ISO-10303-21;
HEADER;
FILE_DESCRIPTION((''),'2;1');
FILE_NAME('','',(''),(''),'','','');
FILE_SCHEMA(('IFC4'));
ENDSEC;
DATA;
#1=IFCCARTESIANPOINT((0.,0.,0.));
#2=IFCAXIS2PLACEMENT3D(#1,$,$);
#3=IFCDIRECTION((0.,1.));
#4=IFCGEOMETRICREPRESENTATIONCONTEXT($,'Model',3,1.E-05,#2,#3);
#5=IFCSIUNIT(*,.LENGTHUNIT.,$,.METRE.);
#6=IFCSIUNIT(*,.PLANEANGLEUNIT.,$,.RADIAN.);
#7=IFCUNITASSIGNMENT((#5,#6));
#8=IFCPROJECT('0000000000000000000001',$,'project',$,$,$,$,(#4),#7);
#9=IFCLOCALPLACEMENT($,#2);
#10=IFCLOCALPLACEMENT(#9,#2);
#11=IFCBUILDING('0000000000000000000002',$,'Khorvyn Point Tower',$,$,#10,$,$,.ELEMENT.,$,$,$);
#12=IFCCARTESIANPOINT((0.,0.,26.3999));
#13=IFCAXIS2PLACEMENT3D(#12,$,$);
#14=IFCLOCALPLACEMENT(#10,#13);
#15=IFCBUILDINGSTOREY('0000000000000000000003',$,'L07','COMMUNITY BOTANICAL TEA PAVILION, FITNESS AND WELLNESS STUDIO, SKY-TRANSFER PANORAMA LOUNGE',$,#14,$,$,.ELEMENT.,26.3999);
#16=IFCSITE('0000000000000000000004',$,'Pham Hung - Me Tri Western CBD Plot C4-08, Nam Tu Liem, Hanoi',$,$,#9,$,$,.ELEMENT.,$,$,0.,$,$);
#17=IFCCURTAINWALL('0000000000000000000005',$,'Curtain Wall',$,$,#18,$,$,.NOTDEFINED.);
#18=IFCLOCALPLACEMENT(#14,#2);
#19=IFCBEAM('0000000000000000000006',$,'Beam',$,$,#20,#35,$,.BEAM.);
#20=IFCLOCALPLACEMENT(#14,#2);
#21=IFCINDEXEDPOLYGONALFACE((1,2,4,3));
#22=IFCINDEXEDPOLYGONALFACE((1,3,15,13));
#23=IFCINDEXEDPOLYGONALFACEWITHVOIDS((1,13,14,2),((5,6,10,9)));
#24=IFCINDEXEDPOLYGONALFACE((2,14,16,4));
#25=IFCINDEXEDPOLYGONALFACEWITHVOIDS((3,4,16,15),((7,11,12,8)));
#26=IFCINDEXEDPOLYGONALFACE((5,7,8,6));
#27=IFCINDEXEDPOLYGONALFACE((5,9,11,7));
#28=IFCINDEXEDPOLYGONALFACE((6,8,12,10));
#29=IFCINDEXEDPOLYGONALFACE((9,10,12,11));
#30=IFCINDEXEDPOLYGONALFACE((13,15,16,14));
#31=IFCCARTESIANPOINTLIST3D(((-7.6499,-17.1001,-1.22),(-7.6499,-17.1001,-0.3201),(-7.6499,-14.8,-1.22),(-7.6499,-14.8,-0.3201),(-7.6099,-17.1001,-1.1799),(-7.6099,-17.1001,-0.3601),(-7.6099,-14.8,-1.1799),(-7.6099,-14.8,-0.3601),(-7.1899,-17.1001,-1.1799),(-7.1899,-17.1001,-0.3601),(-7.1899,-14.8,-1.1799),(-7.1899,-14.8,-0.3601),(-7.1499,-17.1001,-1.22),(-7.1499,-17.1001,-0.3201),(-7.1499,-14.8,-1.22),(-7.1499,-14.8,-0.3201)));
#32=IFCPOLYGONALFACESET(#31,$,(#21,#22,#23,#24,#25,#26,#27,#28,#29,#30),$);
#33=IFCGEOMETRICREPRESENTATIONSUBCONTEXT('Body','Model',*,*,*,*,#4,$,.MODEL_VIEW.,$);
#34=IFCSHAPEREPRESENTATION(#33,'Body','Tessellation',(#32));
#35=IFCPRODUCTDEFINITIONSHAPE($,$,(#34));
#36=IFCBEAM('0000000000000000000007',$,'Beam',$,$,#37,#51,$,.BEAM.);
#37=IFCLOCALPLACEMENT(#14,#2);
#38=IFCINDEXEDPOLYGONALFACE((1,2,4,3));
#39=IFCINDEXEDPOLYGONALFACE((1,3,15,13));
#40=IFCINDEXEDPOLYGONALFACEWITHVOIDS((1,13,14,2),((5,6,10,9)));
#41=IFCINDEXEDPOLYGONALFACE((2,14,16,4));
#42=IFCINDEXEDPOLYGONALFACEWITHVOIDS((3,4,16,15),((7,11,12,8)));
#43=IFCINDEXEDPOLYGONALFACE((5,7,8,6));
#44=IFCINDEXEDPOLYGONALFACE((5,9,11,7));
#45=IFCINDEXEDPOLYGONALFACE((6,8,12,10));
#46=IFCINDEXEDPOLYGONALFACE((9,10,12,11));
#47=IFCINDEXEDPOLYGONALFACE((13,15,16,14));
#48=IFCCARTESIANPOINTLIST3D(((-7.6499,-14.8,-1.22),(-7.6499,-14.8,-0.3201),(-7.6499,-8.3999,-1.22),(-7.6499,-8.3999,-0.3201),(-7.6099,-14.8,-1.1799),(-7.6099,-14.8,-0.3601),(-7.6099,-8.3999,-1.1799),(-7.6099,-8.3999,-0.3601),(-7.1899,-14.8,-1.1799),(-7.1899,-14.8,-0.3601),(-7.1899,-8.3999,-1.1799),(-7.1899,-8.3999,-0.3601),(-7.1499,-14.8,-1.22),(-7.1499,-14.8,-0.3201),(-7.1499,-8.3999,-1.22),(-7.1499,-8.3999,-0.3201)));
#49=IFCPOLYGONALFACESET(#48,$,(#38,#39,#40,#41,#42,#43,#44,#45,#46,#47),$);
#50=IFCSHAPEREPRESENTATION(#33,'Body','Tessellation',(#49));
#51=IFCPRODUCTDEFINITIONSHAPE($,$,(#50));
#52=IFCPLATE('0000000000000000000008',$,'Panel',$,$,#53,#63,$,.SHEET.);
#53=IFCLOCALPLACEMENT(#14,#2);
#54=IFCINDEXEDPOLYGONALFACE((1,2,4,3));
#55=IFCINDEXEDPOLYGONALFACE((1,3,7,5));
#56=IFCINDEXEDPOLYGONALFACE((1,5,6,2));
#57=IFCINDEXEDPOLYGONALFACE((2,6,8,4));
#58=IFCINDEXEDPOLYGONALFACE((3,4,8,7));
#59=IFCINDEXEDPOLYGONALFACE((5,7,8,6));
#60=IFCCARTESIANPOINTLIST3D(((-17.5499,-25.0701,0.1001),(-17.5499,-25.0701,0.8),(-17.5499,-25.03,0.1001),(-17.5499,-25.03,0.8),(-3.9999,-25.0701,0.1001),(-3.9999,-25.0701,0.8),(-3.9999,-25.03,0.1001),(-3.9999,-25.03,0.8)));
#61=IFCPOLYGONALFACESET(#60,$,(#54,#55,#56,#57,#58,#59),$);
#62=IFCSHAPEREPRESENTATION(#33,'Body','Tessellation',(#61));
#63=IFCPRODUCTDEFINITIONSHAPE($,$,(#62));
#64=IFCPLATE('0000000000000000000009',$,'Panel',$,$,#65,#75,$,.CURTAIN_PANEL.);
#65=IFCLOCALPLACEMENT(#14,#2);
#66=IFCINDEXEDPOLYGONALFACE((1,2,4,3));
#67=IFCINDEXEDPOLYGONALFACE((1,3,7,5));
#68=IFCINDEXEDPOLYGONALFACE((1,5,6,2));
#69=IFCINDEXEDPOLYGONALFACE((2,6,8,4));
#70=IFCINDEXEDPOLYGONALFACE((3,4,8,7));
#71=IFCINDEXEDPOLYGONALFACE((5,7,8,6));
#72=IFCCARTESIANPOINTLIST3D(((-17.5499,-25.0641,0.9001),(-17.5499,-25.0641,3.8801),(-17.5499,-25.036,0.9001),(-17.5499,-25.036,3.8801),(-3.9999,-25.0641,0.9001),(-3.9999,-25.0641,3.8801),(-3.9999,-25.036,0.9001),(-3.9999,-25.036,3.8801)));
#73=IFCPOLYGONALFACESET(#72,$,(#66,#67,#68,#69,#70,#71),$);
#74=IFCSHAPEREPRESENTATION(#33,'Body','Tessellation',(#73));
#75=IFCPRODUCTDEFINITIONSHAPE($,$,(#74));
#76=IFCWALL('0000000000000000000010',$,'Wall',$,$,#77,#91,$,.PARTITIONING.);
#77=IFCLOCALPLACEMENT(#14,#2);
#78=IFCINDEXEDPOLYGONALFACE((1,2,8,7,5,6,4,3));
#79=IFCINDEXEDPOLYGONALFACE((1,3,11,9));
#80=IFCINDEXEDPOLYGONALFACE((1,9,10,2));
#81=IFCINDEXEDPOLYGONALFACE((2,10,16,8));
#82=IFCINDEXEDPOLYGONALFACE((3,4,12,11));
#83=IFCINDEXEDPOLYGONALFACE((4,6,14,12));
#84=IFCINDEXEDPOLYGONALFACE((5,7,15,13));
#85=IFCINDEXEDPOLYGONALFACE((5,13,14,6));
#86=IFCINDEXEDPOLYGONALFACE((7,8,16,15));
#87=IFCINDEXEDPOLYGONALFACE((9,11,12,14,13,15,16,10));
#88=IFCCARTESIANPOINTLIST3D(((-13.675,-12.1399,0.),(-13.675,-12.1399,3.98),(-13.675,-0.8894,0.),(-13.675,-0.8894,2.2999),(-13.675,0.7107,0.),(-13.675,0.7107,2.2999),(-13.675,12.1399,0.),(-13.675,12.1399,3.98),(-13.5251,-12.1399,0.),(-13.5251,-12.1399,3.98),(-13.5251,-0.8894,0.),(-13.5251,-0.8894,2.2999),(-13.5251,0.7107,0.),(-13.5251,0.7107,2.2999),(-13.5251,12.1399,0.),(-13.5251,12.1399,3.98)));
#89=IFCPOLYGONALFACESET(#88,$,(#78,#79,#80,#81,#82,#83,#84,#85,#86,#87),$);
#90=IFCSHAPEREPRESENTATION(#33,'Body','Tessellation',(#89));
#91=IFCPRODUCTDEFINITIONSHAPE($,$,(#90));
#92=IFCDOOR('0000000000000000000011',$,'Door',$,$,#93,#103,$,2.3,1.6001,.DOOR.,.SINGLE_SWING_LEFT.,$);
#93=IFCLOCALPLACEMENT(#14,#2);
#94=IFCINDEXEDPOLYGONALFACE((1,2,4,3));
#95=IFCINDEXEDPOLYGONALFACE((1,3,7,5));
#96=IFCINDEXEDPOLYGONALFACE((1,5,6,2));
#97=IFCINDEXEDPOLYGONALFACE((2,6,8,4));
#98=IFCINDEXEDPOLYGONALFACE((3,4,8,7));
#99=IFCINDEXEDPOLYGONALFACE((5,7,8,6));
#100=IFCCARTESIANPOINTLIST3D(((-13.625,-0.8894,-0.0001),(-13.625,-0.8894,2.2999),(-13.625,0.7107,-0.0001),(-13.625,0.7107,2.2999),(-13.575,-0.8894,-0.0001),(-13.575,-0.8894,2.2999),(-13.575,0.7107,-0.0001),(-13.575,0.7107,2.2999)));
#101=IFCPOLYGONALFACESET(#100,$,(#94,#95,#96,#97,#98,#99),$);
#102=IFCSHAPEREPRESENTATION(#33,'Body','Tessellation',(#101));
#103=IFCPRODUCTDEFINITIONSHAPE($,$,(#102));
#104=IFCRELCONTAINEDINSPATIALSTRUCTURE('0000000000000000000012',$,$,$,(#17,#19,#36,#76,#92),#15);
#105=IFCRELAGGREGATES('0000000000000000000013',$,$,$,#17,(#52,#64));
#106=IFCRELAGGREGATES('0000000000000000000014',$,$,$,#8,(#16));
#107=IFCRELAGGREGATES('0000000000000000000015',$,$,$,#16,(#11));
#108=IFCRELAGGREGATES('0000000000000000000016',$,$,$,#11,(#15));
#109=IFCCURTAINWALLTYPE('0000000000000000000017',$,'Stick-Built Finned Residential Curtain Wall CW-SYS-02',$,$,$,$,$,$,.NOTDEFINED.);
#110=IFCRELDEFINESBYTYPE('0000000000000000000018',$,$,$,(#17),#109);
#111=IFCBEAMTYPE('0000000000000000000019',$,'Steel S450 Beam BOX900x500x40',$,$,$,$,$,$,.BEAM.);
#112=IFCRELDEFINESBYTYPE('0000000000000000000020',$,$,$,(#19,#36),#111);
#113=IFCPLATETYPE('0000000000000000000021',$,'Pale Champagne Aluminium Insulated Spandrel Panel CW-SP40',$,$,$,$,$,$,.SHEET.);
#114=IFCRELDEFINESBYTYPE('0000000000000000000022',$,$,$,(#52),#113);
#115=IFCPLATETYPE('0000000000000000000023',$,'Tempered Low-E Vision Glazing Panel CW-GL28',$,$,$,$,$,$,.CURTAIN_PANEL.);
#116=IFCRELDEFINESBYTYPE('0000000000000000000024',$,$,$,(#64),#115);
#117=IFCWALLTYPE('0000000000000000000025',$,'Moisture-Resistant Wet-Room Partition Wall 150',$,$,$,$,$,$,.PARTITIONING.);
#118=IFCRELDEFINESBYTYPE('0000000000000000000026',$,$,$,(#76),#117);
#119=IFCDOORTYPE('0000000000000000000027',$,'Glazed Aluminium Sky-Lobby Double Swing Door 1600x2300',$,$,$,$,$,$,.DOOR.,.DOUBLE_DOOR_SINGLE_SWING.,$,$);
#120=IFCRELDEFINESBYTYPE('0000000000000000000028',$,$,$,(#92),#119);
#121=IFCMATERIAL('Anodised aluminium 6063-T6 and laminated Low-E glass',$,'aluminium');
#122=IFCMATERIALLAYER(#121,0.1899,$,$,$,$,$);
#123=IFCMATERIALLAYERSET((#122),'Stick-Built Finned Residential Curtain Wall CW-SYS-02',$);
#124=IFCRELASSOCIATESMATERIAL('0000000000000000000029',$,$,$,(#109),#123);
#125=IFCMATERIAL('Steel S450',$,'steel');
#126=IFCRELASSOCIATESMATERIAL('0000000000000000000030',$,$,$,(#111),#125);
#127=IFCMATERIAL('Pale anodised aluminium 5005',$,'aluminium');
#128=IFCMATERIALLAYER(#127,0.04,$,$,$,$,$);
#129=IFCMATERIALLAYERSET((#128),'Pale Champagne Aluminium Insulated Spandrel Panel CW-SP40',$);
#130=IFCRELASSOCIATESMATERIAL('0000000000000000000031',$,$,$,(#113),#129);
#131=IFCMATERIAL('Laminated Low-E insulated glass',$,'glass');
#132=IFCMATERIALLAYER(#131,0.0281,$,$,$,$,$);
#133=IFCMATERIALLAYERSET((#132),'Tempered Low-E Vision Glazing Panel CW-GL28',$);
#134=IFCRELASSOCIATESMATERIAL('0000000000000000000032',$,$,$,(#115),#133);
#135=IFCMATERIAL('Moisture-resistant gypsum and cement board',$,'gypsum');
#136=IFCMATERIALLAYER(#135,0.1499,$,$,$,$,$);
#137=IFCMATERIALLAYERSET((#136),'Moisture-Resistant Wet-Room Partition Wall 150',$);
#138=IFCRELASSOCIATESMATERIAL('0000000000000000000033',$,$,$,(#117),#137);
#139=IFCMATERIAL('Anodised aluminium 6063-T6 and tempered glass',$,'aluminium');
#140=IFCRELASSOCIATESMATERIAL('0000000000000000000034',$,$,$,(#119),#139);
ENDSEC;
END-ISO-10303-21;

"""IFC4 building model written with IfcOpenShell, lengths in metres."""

from ifc_helpers import new_model, si_unit, direction, frame, frame_2d, origin, origin_2d, place, context, subcontext, project, spatial, rectangle, hollow_rectangle, extrude, material, layer, layer_set, material_profile, profile_set, type_object, element, fill, aggregate, save


model = new_model("IFC4")

# Units and contexts
model_context = context("Model", 3, precision=1e-05, world=origin(), true_north=direction((0.0, 1.0)))
body_context = subcontext(model_context, "Body", "Model", "MODEL_VIEW")
ifc_project = project(units=[si_unit("LENGTHUNIT", "METRE"), si_unit("PLANEANGLEUNIT", "RADIAN")], contexts=[model_context])

# Site, building, storey
site_placement = place(None, origin())
site = spatial("IfcSite", under=ifc_project, at=site_placement, Name="Pham Hung - Me Tri Western CBD Plot C4-08, Nam Tu Liem, Hanoi", CompositionType="ELEMENT", RefElevation=0.0)
building_placement = place(site_placement, origin())
building = spatial("IfcBuilding", under=site, at=building_placement, Name="Khorvyn Point Tower", CompositionType="ELEMENT")
storey_placement = place(building_placement, frame((0.0, 0.0, 26.3999)))
storey = spatial("IfcBuildingStorey", under=building, at=storey_placement, Name="L07", Description="COMMUNITY BOTANICAL TEA PAVILION, FITNESS AND WELLNESS STUDIO, SKY-TRANSFER PANORAMA LOUNGE", CompositionType="ELEMENT", Elevation=26.3999)

# Shared definitions
ifc_material_1 = material(Name="Steel S450", Category="steel")

# Curtain wall
ifc_material_2 = material(Name="Anodised aluminium 6063-T6 and laminated Low-E glass", Category="aluminium")
ifc_layer_1 = layer(ifc_material_2, 0.1899)
ifc_layer_set_1 = layer_set([ifc_layer_1], Name="Stick-Built Finned Residential Curtain Wall CW-SYS-02")
curtain_wall_type = type_object("IfcCurtainWallType", Name="Stick-Built Finned Residential Curtain Wall CW-SYS-02", PredefinedType="NOTDEFINED", material=ifc_layer_set_1)
curtain_wall_placement = place(storey_placement, origin())
curtain_wall = element("IfcCurtainWall", 1, at=curtain_wall_placement, inside=storey, type_object=curtain_wall_type, Name="Curtain Wall", PredefinedType="NOTDEFINED")

# Beams
ifc_material_profile_1 = material_profile(ifc_material_1, hollow_rectangle(XDim=0.5, YDim=0.8999, WallThickness=0.04, at=origin_2d()))
ifc_profile_set_1 = profile_set([ifc_material_profile_1], Name="Steel S450 BOX900x500x40")
beam_type_1 = type_object("IfcBeamType", Name="Steel S450 Beam BOX900x500x40", PredefinedType="BEAM", material=ifc_profile_set_1)
beam_1_placement = place(storey_placement, frame((-7.3999, -17.1001, -0.77), z_axis=(0.0, 1.0, 0.0), x_axis=(-1.0, 0.0, 0.0)))
element("IfcBeam", 2, at=beam_1_placement, inside=storey, type_object=beam_type_1, Name="Beam", PredefinedType="BEAM", context=body_context, shape_type="SweptSolid", body=[
    extrude(hollow_rectangle(XDim=0.5, YDim=0.8999, WallThickness=0.04, at=origin_2d()), origin(), (0.0, 0.0, 1.0), 2.3),
])
beam_2_placement = place(storey_placement, frame((-7.3999, -14.8, -0.77), z_axis=(0.0, 1.0, 0.0), x_axis=(-1.0, 0.0, 0.0)))
element("IfcBeam", 3, at=beam_2_placement, inside=storey, type_object=beam_type_1, Name="Beam", PredefinedType="BEAM", context=body_context, shape_type="SweptSolid", body=[
    extrude(hollow_rectangle(XDim=0.5, YDim=0.8999, WallThickness=0.04, at=origin_2d()), origin(), (0.0, 0.0, 1.0), 6.4001),
])

# Plates
ifc_material_3 = material(Name="Pale anodised aluminium 5005", Category="aluminium")
ifc_layer_2 = layer(ifc_material_3, 0.04)
ifc_layer_set_2 = layer_set([ifc_layer_2], Name="Pale Champagne Aluminium Insulated Spandrel Panel CW-SP40")
plate_type_1 = type_object("IfcPlateType", Name="Pale Champagne Aluminium Insulated Spandrel Panel CW-SP40", PredefinedType="SHEET", material=ifc_layer_set_2)
plate_1_placement = place(storey_placement, frame((-10.7749, -25.05, 0.1001), z_axis=(0.0, 0.0, 1.0), x_axis=(-1.0, 0.0, 0.0)))
plate_1 = element("IfcPlate", 4, at=plate_1_placement, type_object=plate_type_1, Name="Panel", PredefinedType="SHEET", context=body_context, shape_type="SweptSolid", body=[
    extrude(rectangle(XDim=13.55, YDim=0.04, at=origin_2d()), origin(), (0.0, 0.0, 1.0), 0.7),
])
ifc_material_4 = material(Name="Laminated Low-E insulated glass", Category="glass")
ifc_layer_3 = layer(ifc_material_4, 0.0281)
ifc_layer_set_3 = layer_set([ifc_layer_3], Name="Tempered Low-E Vision Glazing Panel CW-GL28")
plate_type_2 = type_object("IfcPlateType", Name="Tempered Low-E Vision Glazing Panel CW-GL28", PredefinedType="CURTAIN_PANEL", material=ifc_layer_set_3)
plate_2_placement = place(storey_placement, frame((-10.7749, -25.05, 0.9001), z_axis=(0.0, 0.0, 1.0), x_axis=(-1.0, 0.0, 0.0)))
plate_2 = element("IfcPlate", 5, at=plate_2_placement, type_object=plate_type_2, Name="Panel", PredefinedType="CURTAIN_PANEL", context=body_context, shape_type="SweptSolid", body=[
    extrude(rectangle(XDim=13.55, YDim=0.0281, at=origin_2d()), origin(), (0.0, 0.0, 1.0), 2.98),
])
aggregate(curtain_wall, [plate_1, plate_2])

# Wall, opening, door
ifc_material_5 = material(Name="Moisture-resistant gypsum and cement board", Category="gypsum")
ifc_layer_4 = layer(ifc_material_5, 0.1499)
ifc_layer_set_4 = layer_set([ifc_layer_4], Name="Moisture-Resistant Wet-Room Partition Wall 150")
wall_type_1 = type_object("IfcWallType", Name="Moisture-Resistant Wet-Room Partition Wall 150", PredefinedType="PARTITIONING", material=ifc_layer_set_4)
wall_1_placement = place(storey_placement, frame((-13.6001, -12.1399, 0.0), z_axis=(0.0, 0.0, 1.0), x_axis=(0.0, 1.0, 0.0)))
wall_1 = element("IfcWall", 6, at=wall_1_placement, inside=storey, type_object=wall_type_1, Name="Wall", PredefinedType="PARTITIONING", context=body_context, shape_type="SweptSolid", body=[
    extrude(rectangle(XDim=24.2798, YDim=0.1499, at=frame_2d((12.1399, 0.0))), origin(), (0.0, 0.0, 1.0), 3.98),
])
opening_1_placement = place(wall_1_placement, frame((11.2505, 0.0, 0.0)))
opening_1 = element("IfcOpeningElement", 7, at=opening_1_placement, cuts=wall_1, PredefinedType="OPENING", context=body_context, shape_type="SweptSolid", body=[
    extrude(rectangle(XDim=1.6001, YDim=2.3, at=frame_2d((0.8, 1.1499))), frame((0.0, 0.085, 0.0), z_axis=(0.0, -1.0, 0.0), x_axis=(1.0, 0.0, 0.0)), (0.0, 0.0, 1.0), 0.1699),
])
ifc_material_6 = material(Name="Anodised aluminium 6063-T6 and tempered glass", Category="aluminium")
door_type_1 = type_object("IfcDoorType", Name="Glazed Aluminium Sky-Lobby Double Swing Door 1600x2300", OperationType="DOUBLE_DOOR_SINGLE_SWING", PredefinedType="DOOR", material=ifc_material_6)
door_1_placement = place(opening_1_placement, origin())
door_1 = element("IfcDoor", 8, at=door_1_placement, inside=storey, type_object=door_type_1, Name="Door", OperationType="SINGLE_SWING_LEFT", OverallHeight=2.3, OverallWidth=1.6001, PredefinedType="DOOR", context=body_context, shape_type="SweptSolid", body=[
    extrude(rectangle(XDim=1.6001, YDim=2.3, at=frame_2d((0.8, 1.1499))), frame((0.0, 0.0249, 0.0), z_axis=(0.0, -1.0, 0.0), x_axis=(1.0, 0.0, 0.0)), (0.0, 0.0, 1.0), 0.05),
])
fill(opening_1, door_1)

save(model, "model.ifc")
